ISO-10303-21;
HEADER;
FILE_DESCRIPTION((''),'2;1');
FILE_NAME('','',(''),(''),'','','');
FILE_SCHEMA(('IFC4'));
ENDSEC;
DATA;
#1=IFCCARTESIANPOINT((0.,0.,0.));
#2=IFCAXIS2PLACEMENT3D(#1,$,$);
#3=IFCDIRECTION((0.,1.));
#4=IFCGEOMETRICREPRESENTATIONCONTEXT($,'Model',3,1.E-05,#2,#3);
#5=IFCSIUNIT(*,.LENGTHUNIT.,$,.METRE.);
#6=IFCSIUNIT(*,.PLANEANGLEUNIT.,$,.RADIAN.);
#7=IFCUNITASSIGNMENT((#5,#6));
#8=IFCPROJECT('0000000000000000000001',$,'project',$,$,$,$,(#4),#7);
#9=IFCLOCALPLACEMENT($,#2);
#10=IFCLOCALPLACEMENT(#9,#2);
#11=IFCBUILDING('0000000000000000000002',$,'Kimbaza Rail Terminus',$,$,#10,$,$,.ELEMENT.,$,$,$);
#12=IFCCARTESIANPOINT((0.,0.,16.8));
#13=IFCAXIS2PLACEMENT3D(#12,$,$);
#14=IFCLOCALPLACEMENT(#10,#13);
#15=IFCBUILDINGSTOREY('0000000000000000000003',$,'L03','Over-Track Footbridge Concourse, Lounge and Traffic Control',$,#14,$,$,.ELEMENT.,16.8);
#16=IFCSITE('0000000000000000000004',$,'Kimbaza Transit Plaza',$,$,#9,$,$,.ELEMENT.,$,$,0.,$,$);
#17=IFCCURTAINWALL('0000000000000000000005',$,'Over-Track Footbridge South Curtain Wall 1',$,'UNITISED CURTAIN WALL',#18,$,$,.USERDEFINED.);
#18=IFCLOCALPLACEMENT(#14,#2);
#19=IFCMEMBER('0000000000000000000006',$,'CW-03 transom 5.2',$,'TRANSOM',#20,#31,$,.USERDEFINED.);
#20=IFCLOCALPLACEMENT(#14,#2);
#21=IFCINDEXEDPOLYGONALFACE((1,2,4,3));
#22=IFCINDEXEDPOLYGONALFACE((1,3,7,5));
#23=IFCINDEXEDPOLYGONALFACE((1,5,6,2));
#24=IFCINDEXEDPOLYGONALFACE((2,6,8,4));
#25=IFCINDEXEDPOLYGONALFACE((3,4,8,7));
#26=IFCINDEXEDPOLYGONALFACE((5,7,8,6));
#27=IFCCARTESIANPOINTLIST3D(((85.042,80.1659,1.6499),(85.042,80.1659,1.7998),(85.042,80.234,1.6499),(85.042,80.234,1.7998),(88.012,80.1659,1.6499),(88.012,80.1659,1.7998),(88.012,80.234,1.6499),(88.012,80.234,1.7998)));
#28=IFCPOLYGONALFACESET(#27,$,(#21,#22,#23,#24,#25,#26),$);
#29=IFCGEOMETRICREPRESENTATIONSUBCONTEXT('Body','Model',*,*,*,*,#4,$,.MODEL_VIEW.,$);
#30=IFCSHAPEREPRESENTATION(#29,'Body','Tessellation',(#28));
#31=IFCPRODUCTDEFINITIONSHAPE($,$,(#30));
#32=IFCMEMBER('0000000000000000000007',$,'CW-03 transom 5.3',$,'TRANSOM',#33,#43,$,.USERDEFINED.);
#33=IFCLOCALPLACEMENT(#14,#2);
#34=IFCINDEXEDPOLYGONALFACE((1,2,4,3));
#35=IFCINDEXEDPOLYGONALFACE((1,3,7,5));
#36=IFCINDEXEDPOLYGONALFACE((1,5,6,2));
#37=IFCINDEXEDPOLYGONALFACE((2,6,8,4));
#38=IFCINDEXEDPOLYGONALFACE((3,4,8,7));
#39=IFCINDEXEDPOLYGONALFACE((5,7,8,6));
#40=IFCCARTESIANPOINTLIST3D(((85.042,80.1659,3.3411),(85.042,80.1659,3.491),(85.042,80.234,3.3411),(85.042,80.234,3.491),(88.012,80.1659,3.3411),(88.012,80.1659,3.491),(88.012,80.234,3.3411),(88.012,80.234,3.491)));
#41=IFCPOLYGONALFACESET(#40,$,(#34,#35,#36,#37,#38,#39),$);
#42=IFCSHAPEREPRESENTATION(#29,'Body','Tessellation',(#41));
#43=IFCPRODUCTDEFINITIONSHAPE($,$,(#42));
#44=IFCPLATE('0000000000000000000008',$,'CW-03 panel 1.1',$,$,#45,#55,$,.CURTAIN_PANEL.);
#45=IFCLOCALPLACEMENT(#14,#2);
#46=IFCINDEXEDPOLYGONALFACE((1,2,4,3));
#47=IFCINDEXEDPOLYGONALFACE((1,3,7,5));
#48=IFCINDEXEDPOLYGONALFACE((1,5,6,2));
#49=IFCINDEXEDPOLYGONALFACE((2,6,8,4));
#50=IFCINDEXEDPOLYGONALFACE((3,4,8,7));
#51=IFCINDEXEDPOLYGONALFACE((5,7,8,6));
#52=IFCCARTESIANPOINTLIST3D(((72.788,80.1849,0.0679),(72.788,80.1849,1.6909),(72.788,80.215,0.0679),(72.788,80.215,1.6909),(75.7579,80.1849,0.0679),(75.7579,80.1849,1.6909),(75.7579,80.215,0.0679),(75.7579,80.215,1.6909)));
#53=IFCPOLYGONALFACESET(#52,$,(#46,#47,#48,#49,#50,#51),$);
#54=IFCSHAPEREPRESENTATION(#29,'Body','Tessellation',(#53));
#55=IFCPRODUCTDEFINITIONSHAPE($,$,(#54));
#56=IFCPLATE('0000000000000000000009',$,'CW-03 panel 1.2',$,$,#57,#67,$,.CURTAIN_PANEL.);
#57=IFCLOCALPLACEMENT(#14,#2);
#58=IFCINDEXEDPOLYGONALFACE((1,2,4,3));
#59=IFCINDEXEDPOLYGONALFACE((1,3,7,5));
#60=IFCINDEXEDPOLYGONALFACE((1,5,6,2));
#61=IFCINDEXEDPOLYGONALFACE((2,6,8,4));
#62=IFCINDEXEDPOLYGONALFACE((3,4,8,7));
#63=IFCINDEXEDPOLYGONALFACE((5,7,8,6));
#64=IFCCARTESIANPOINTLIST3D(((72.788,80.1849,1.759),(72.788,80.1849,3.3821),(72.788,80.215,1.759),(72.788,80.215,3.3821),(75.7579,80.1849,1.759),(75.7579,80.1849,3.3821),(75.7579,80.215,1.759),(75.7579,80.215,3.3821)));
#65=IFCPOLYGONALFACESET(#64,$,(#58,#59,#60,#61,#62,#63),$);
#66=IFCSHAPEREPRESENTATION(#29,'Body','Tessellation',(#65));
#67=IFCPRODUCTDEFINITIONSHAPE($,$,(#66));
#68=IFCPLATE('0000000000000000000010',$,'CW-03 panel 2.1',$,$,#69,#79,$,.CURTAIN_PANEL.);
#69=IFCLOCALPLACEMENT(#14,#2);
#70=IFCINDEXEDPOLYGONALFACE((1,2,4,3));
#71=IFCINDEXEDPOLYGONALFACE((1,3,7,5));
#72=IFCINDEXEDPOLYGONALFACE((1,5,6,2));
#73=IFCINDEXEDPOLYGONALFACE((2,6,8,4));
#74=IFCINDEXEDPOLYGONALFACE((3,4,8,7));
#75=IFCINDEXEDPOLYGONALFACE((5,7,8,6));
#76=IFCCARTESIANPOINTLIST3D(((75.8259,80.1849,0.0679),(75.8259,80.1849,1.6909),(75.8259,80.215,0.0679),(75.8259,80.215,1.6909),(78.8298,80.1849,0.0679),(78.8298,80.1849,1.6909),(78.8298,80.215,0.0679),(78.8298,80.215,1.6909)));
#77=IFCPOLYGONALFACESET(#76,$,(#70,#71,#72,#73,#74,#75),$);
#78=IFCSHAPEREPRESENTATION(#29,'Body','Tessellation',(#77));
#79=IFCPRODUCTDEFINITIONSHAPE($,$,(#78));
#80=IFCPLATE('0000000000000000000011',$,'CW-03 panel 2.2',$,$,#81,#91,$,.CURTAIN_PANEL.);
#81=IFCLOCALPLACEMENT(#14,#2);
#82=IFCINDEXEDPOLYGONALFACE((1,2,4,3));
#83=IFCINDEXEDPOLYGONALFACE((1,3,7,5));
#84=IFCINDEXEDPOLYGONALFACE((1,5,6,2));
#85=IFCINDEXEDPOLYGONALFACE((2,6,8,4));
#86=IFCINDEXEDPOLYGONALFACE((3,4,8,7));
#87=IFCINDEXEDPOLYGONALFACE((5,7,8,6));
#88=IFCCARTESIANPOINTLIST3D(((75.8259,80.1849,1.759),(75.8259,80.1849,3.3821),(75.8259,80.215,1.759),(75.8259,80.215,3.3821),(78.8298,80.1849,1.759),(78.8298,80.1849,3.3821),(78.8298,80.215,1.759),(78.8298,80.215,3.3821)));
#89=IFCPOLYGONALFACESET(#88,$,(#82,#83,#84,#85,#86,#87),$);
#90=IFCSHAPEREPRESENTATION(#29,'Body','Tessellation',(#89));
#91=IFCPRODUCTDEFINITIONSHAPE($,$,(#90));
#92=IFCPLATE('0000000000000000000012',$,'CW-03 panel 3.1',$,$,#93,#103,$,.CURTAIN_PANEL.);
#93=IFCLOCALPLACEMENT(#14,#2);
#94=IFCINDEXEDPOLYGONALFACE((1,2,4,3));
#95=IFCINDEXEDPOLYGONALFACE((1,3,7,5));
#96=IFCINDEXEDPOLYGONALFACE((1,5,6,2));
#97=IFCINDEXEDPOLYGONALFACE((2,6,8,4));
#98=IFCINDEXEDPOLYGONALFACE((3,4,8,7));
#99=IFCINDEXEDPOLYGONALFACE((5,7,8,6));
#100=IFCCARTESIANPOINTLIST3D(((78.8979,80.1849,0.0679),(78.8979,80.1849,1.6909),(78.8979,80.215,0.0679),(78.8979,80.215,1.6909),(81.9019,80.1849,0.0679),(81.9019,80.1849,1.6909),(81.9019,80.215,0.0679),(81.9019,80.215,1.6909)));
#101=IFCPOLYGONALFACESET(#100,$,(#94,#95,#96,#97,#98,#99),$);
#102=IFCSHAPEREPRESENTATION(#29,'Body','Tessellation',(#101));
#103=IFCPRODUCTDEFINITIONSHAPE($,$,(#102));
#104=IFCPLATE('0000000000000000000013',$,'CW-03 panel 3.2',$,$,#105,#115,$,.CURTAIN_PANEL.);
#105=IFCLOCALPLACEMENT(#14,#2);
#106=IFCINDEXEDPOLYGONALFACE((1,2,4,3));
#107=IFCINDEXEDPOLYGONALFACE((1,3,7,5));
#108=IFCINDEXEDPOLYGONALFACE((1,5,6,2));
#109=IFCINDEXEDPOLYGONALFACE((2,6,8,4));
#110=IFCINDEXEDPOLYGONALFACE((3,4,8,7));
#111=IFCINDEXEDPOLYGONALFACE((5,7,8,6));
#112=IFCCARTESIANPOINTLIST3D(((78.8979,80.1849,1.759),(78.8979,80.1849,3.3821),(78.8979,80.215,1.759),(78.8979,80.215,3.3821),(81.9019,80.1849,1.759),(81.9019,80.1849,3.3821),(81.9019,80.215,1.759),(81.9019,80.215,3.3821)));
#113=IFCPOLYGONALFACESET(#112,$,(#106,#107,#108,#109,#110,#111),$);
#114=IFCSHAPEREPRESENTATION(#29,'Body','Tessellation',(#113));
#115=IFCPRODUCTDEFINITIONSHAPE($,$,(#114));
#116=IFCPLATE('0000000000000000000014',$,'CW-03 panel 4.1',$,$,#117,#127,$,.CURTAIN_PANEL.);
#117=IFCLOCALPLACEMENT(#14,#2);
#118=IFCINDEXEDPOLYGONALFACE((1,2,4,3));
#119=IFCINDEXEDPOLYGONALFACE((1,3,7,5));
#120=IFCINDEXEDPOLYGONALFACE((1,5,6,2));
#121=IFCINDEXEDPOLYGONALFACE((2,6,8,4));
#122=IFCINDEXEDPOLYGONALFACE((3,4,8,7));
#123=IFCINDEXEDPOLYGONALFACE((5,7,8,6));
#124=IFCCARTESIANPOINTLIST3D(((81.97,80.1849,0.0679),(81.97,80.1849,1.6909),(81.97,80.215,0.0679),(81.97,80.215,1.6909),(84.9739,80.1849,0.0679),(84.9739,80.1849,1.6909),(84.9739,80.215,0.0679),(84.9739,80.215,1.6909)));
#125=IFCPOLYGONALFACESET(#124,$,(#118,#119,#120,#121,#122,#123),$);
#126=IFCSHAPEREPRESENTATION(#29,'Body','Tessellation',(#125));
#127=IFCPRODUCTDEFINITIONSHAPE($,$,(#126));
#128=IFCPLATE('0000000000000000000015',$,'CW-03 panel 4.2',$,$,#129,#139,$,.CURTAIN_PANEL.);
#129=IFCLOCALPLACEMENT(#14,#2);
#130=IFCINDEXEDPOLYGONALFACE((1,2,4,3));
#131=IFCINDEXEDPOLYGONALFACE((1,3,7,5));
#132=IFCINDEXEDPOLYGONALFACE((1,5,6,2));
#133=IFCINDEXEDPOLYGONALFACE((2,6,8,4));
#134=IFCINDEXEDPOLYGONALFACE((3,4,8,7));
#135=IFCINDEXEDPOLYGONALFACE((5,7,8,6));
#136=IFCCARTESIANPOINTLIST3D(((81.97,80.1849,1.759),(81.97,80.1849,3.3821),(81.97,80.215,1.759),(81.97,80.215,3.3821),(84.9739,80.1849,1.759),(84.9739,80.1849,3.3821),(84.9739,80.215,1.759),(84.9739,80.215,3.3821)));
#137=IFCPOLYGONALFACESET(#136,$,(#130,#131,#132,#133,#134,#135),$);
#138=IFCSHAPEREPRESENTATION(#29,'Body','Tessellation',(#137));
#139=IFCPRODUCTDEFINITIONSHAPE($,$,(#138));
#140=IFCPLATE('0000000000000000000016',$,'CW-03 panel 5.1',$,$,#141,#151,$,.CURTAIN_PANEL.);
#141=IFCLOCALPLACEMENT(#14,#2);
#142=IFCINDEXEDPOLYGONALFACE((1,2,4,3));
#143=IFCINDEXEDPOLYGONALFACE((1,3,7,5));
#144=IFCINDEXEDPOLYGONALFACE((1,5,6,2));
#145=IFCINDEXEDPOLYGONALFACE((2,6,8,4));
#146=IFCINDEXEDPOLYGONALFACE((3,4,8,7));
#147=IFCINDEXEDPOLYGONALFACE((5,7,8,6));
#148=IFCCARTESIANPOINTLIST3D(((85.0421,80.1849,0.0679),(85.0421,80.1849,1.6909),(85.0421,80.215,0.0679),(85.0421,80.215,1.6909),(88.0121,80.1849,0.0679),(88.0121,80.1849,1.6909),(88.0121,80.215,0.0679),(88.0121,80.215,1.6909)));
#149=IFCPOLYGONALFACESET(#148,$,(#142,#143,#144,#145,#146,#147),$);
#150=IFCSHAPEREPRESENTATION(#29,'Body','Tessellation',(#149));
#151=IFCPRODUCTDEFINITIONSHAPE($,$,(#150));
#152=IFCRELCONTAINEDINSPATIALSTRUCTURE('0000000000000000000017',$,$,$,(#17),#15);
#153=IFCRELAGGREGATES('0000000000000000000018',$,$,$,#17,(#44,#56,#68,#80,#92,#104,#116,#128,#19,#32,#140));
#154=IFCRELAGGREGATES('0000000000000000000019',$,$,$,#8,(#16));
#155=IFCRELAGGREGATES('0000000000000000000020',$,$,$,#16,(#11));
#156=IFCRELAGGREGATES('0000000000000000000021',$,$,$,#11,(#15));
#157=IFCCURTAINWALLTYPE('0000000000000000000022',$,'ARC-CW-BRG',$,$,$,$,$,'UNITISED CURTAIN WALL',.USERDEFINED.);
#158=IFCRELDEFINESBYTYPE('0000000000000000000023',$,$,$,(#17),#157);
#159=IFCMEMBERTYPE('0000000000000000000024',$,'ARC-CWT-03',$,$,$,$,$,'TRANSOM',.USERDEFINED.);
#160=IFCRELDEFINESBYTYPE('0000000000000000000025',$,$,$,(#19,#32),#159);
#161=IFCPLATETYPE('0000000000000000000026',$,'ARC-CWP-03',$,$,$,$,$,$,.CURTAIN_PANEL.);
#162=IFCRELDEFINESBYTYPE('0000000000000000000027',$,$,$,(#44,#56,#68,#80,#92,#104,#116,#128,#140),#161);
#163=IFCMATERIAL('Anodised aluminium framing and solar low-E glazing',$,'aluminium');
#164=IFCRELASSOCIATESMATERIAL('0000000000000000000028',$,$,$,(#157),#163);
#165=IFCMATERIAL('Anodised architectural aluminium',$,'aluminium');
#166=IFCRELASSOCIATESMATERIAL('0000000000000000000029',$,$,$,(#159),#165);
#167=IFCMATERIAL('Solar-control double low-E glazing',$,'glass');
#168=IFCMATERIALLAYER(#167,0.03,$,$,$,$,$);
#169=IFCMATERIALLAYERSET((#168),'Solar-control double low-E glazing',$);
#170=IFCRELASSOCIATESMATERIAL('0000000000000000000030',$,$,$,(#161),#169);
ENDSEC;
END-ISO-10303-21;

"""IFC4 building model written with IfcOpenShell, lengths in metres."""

from ifc_helpers import new_model, si_unit, direction, frame, origin, origin_2d, place, context, subcontext, project, spatial, rectangle, extrude, material, layer, layer_set, material_profile, profile_set, type_object, element, aggregate, save


model = new_model("IFC4")

# Units and contexts
model_context = context("Model", 3, precision=1e-05, world=origin(), true_north=direction((0.0, 1.0)))
body_context = subcontext(model_context, "Body", "Model", "MODEL_VIEW")
ifc_project = project(units=[si_unit("LENGTHUNIT", "METRE"), si_unit("PLANEANGLEUNIT", "RADIAN")], contexts=[model_context])

# Site, building, storey
site_placement = place(None, origin())
site = spatial("IfcSite", under=ifc_project, at=site_placement, Name="Kimbaza Transit Plaza", CompositionType="ELEMENT", RefElevation=0.0)
building_placement = place(site_placement, origin())
building = spatial("IfcBuilding", under=site, at=building_placement, Name="Kimbaza Rail Terminus", CompositionType="ELEMENT")
storey_placement = place(building_placement, frame((0.0, 0.0, 16.8)))
storey = spatial("IfcBuildingStorey", under=building, at=storey_placement, Name="L03", Description="Over-Track Footbridge Concourse, Lounge and Traffic Control", CompositionType="ELEMENT", Elevation=16.8)

# Curtain wall, members, plates
ifc_material_1 = material(Name="Anodised aluminium framing and solar low-E glazing", Category="aluminium")
curtain_wall_type = type_object("IfcCurtainWallType", Name="ARC-CW-BRG", ElementType="UNITISED CURTAIN WALL", PredefinedType="USERDEFINED", material=ifc_material_1)
curtain_wall_placement = place(storey_placement, origin())
curtain_wall = element("IfcCurtainWall", 1, at=curtain_wall_placement, inside=storey, type_object=curtain_wall_type, Name="Over-Track Footbridge South Curtain Wall 1", ObjectType="UNITISED CURTAIN WALL", PredefinedType="USERDEFINED")
ifc_material_2 = material(Name="Anodised architectural aluminium", Category="aluminium")
ifc_material_profile_1 = material_profile(ifc_material_2, rectangle(XDim=0.0681, YDim=0.1499, at=origin_2d()), Name="TRANSOM 68x150")
ifc_profile_set_1 = profile_set([ifc_material_profile_1], Name="Anodised architectural aluminium")
member_type_1 = type_object("IfcMemberType", Name="ARC-CWT-03", ElementType="TRANSOM", PredefinedType="USERDEFINED", material=ifc_profile_set_1)
member_1_placement = place(storey_placement, frame((85.042, 80.2, 1.7249), z_axis=(1.0, 0.0, 0.0), x_axis=(0.0, 1.0, 0.0)))
member_1 = element("IfcMember", 2, at=member_1_placement, type_object=member_type_1, Name="CW-03 transom 5.2", ObjectType="TRANSOM", PredefinedType="USERDEFINED", context=body_context, shape_type="SweptSolid", body=[
    extrude(rectangle(XDim=0.0681, YDim=0.1499, at=origin_2d()), origin(), (0.0, 0.0, 1.0), 2.97),
])
member_2_placement = place(storey_placement, frame((85.042, 80.2, 3.416), z_axis=(1.0, 0.0, 0.0), x_axis=(0.0, 1.0, 0.0)))
member_2 = element("IfcMember", 3, at=member_2_placement, type_object=member_type_1, Name="CW-03 transom 5.3", ObjectType="TRANSOM", PredefinedType="USERDEFINED", context=body_context, shape_type="SweptSolid", body=[
    extrude(rectangle(XDim=0.0681, YDim=0.1499, at=origin_2d()), origin(), (0.0, 0.0, 1.0), 2.97),
])
ifc_material_3 = material(Name="Solar-control double low-E glazing", Category="glass")
ifc_layer = layer(ifc_material_3, 0.03)
ifc_layer_set = layer_set([ifc_layer], Name="Solar-control double low-E glazing")
plate_type = type_object("IfcPlateType", Name="ARC-CWP-03", PredefinedType="CURTAIN_PANEL", material=ifc_layer_set)
plate_1_placement = place(storey_placement, frame((74.2729, 80.2, 0.0679), z_axis=(0.0, 0.0, 1.0), x_axis=(1.0, 0.0, 0.0)))
plate_1 = element("IfcPlate", 4, at=plate_1_placement, type_object=plate_type, Name="CW-03 panel 1.1", PredefinedType="CURTAIN_PANEL", context=body_context, shape_type="SweptSolid", body=[
    extrude(rectangle(XDim=2.97, YDim=0.03, at=origin_2d()), origin(), (0.0, 0.0, 1.0), 1.623),
])
plate_2_placement = place(storey_placement, frame((74.2729, 80.2, 1.759), z_axis=(0.0, 0.0, 1.0), x_axis=(1.0, 0.0, 0.0)))
plate_2 = element("IfcPlate", 5, at=plate_2_placement, type_object=plate_type, Name="CW-03 panel 1.2", PredefinedType="CURTAIN_PANEL", context=body_context, shape_type="SweptSolid", body=[
    extrude(rectangle(XDim=2.97, YDim=0.03, at=origin_2d()), origin(), (0.0, 0.0, 1.0), 1.623),
])
plate_3_placement = place(storey_placement, frame((77.3279, 80.2, 0.0679), z_axis=(0.0, 0.0, 1.0), x_axis=(1.0, 0.0, 0.0)))
plate_3 = element("IfcPlate", 6, at=plate_3_placement, type_object=plate_type, Name="CW-03 panel 2.1", PredefinedType="CURTAIN_PANEL", context=body_context, shape_type="SweptSolid", body=[
    extrude(rectangle(XDim=3.0039, YDim=0.03, at=origin_2d()), origin(), (0.0, 0.0, 1.0), 1.623),
])
plate_4_placement = place(storey_placement, frame((77.3279, 80.2, 1.759), z_axis=(0.0, 0.0, 1.0), x_axis=(1.0, 0.0, 0.0)))
plate_4 = element("IfcPlate", 7, at=plate_4_placement, type_object=plate_type, Name="CW-03 panel 2.2", PredefinedType="CURTAIN_PANEL", context=body_context, shape_type="SweptSolid", body=[
    extrude(rectangle(XDim=3.0039, YDim=0.03, at=origin_2d()), origin(), (0.0, 0.0, 1.0), 1.623),
])
plate_5_placement = place(storey_placement, frame((80.3999, 80.2, 0.0679), z_axis=(0.0, 0.0, 1.0), x_axis=(1.0, 0.0, 0.0)))
plate_5 = element("IfcPlate", 8, at=plate_5_placement, type_object=plate_type, Name="CW-03 panel 3.1", PredefinedType="CURTAIN_PANEL", context=body_context, shape_type="SweptSolid", body=[
    extrude(rectangle(XDim=3.0039, YDim=0.03, at=origin_2d()), origin(), (0.0, 0.0, 1.0), 1.623),
])
plate_6_placement = place(storey_placement, frame((80.3999, 80.2, 1.759), z_axis=(0.0, 0.0, 1.0), x_axis=(1.0, 0.0, 0.0)))
plate_6 = element("IfcPlate", 9, at=plate_6_placement, type_object=plate_type, Name="CW-03 panel 3.2", PredefinedType="CURTAIN_PANEL", context=body_context, shape_type="SweptSolid", body=[
    extrude(rectangle(XDim=3.0039, YDim=0.03, at=origin_2d()), origin(), (0.0, 0.0, 1.0), 1.623),
])
plate_7_placement = place(storey_placement, frame((83.4719, 80.2, 0.0679), z_axis=(0.0, 0.0, 1.0), x_axis=(1.0, 0.0, 0.0)))
plate_7 = element("IfcPlate", 10, at=plate_7_placement, type_object=plate_type, Name="CW-03 panel 4.1", PredefinedType="CURTAIN_PANEL", context=body_context, shape_type="SweptSolid", body=[
    extrude(rectangle(XDim=3.0039, YDim=0.03, at=origin_2d()), origin(), (0.0, 0.0, 1.0), 1.623),
])
plate_8_placement = place(storey_placement, frame((83.4719, 80.2, 1.759), z_axis=(0.0, 0.0, 1.0), x_axis=(1.0, 0.0, 0.0)))
plate_8 = element("IfcPlate", 11, at=plate_8_placement, type_object=plate_type, Name="CW-03 panel 4.2", PredefinedType="CURTAIN_PANEL", context=body_context, shape_type="SweptSolid", body=[
    extrude(rectangle(XDim=3.0039, YDim=0.03, at=origin_2d()), origin(), (0.0, 0.0, 1.0), 1.623),
])
plate_9_placement = place(storey_placement, frame((86.5271, 80.2, 0.0679), z_axis=(0.0, 0.0, 1.0), x_axis=(1.0, 0.0, 0.0)))
plate_9 = element("IfcPlate", 12, at=plate_9_placement, type_object=plate_type, Name="CW-03 panel 5.1", PredefinedType="CURTAIN_PANEL", context=body_context, shape_type="SweptSolid", body=[
    extrude(rectangle(XDim=2.97, YDim=0.03, at=origin_2d()), origin(), (0.0, 0.0, 1.0), 1.623),
])
aggregate(curtain_wall, [plate_1, plate_2, plate_3, plate_4, plate_5, plate_6, plate_7, plate_8, member_1, member_2, plate_9])

save(model, "model.ifc")
